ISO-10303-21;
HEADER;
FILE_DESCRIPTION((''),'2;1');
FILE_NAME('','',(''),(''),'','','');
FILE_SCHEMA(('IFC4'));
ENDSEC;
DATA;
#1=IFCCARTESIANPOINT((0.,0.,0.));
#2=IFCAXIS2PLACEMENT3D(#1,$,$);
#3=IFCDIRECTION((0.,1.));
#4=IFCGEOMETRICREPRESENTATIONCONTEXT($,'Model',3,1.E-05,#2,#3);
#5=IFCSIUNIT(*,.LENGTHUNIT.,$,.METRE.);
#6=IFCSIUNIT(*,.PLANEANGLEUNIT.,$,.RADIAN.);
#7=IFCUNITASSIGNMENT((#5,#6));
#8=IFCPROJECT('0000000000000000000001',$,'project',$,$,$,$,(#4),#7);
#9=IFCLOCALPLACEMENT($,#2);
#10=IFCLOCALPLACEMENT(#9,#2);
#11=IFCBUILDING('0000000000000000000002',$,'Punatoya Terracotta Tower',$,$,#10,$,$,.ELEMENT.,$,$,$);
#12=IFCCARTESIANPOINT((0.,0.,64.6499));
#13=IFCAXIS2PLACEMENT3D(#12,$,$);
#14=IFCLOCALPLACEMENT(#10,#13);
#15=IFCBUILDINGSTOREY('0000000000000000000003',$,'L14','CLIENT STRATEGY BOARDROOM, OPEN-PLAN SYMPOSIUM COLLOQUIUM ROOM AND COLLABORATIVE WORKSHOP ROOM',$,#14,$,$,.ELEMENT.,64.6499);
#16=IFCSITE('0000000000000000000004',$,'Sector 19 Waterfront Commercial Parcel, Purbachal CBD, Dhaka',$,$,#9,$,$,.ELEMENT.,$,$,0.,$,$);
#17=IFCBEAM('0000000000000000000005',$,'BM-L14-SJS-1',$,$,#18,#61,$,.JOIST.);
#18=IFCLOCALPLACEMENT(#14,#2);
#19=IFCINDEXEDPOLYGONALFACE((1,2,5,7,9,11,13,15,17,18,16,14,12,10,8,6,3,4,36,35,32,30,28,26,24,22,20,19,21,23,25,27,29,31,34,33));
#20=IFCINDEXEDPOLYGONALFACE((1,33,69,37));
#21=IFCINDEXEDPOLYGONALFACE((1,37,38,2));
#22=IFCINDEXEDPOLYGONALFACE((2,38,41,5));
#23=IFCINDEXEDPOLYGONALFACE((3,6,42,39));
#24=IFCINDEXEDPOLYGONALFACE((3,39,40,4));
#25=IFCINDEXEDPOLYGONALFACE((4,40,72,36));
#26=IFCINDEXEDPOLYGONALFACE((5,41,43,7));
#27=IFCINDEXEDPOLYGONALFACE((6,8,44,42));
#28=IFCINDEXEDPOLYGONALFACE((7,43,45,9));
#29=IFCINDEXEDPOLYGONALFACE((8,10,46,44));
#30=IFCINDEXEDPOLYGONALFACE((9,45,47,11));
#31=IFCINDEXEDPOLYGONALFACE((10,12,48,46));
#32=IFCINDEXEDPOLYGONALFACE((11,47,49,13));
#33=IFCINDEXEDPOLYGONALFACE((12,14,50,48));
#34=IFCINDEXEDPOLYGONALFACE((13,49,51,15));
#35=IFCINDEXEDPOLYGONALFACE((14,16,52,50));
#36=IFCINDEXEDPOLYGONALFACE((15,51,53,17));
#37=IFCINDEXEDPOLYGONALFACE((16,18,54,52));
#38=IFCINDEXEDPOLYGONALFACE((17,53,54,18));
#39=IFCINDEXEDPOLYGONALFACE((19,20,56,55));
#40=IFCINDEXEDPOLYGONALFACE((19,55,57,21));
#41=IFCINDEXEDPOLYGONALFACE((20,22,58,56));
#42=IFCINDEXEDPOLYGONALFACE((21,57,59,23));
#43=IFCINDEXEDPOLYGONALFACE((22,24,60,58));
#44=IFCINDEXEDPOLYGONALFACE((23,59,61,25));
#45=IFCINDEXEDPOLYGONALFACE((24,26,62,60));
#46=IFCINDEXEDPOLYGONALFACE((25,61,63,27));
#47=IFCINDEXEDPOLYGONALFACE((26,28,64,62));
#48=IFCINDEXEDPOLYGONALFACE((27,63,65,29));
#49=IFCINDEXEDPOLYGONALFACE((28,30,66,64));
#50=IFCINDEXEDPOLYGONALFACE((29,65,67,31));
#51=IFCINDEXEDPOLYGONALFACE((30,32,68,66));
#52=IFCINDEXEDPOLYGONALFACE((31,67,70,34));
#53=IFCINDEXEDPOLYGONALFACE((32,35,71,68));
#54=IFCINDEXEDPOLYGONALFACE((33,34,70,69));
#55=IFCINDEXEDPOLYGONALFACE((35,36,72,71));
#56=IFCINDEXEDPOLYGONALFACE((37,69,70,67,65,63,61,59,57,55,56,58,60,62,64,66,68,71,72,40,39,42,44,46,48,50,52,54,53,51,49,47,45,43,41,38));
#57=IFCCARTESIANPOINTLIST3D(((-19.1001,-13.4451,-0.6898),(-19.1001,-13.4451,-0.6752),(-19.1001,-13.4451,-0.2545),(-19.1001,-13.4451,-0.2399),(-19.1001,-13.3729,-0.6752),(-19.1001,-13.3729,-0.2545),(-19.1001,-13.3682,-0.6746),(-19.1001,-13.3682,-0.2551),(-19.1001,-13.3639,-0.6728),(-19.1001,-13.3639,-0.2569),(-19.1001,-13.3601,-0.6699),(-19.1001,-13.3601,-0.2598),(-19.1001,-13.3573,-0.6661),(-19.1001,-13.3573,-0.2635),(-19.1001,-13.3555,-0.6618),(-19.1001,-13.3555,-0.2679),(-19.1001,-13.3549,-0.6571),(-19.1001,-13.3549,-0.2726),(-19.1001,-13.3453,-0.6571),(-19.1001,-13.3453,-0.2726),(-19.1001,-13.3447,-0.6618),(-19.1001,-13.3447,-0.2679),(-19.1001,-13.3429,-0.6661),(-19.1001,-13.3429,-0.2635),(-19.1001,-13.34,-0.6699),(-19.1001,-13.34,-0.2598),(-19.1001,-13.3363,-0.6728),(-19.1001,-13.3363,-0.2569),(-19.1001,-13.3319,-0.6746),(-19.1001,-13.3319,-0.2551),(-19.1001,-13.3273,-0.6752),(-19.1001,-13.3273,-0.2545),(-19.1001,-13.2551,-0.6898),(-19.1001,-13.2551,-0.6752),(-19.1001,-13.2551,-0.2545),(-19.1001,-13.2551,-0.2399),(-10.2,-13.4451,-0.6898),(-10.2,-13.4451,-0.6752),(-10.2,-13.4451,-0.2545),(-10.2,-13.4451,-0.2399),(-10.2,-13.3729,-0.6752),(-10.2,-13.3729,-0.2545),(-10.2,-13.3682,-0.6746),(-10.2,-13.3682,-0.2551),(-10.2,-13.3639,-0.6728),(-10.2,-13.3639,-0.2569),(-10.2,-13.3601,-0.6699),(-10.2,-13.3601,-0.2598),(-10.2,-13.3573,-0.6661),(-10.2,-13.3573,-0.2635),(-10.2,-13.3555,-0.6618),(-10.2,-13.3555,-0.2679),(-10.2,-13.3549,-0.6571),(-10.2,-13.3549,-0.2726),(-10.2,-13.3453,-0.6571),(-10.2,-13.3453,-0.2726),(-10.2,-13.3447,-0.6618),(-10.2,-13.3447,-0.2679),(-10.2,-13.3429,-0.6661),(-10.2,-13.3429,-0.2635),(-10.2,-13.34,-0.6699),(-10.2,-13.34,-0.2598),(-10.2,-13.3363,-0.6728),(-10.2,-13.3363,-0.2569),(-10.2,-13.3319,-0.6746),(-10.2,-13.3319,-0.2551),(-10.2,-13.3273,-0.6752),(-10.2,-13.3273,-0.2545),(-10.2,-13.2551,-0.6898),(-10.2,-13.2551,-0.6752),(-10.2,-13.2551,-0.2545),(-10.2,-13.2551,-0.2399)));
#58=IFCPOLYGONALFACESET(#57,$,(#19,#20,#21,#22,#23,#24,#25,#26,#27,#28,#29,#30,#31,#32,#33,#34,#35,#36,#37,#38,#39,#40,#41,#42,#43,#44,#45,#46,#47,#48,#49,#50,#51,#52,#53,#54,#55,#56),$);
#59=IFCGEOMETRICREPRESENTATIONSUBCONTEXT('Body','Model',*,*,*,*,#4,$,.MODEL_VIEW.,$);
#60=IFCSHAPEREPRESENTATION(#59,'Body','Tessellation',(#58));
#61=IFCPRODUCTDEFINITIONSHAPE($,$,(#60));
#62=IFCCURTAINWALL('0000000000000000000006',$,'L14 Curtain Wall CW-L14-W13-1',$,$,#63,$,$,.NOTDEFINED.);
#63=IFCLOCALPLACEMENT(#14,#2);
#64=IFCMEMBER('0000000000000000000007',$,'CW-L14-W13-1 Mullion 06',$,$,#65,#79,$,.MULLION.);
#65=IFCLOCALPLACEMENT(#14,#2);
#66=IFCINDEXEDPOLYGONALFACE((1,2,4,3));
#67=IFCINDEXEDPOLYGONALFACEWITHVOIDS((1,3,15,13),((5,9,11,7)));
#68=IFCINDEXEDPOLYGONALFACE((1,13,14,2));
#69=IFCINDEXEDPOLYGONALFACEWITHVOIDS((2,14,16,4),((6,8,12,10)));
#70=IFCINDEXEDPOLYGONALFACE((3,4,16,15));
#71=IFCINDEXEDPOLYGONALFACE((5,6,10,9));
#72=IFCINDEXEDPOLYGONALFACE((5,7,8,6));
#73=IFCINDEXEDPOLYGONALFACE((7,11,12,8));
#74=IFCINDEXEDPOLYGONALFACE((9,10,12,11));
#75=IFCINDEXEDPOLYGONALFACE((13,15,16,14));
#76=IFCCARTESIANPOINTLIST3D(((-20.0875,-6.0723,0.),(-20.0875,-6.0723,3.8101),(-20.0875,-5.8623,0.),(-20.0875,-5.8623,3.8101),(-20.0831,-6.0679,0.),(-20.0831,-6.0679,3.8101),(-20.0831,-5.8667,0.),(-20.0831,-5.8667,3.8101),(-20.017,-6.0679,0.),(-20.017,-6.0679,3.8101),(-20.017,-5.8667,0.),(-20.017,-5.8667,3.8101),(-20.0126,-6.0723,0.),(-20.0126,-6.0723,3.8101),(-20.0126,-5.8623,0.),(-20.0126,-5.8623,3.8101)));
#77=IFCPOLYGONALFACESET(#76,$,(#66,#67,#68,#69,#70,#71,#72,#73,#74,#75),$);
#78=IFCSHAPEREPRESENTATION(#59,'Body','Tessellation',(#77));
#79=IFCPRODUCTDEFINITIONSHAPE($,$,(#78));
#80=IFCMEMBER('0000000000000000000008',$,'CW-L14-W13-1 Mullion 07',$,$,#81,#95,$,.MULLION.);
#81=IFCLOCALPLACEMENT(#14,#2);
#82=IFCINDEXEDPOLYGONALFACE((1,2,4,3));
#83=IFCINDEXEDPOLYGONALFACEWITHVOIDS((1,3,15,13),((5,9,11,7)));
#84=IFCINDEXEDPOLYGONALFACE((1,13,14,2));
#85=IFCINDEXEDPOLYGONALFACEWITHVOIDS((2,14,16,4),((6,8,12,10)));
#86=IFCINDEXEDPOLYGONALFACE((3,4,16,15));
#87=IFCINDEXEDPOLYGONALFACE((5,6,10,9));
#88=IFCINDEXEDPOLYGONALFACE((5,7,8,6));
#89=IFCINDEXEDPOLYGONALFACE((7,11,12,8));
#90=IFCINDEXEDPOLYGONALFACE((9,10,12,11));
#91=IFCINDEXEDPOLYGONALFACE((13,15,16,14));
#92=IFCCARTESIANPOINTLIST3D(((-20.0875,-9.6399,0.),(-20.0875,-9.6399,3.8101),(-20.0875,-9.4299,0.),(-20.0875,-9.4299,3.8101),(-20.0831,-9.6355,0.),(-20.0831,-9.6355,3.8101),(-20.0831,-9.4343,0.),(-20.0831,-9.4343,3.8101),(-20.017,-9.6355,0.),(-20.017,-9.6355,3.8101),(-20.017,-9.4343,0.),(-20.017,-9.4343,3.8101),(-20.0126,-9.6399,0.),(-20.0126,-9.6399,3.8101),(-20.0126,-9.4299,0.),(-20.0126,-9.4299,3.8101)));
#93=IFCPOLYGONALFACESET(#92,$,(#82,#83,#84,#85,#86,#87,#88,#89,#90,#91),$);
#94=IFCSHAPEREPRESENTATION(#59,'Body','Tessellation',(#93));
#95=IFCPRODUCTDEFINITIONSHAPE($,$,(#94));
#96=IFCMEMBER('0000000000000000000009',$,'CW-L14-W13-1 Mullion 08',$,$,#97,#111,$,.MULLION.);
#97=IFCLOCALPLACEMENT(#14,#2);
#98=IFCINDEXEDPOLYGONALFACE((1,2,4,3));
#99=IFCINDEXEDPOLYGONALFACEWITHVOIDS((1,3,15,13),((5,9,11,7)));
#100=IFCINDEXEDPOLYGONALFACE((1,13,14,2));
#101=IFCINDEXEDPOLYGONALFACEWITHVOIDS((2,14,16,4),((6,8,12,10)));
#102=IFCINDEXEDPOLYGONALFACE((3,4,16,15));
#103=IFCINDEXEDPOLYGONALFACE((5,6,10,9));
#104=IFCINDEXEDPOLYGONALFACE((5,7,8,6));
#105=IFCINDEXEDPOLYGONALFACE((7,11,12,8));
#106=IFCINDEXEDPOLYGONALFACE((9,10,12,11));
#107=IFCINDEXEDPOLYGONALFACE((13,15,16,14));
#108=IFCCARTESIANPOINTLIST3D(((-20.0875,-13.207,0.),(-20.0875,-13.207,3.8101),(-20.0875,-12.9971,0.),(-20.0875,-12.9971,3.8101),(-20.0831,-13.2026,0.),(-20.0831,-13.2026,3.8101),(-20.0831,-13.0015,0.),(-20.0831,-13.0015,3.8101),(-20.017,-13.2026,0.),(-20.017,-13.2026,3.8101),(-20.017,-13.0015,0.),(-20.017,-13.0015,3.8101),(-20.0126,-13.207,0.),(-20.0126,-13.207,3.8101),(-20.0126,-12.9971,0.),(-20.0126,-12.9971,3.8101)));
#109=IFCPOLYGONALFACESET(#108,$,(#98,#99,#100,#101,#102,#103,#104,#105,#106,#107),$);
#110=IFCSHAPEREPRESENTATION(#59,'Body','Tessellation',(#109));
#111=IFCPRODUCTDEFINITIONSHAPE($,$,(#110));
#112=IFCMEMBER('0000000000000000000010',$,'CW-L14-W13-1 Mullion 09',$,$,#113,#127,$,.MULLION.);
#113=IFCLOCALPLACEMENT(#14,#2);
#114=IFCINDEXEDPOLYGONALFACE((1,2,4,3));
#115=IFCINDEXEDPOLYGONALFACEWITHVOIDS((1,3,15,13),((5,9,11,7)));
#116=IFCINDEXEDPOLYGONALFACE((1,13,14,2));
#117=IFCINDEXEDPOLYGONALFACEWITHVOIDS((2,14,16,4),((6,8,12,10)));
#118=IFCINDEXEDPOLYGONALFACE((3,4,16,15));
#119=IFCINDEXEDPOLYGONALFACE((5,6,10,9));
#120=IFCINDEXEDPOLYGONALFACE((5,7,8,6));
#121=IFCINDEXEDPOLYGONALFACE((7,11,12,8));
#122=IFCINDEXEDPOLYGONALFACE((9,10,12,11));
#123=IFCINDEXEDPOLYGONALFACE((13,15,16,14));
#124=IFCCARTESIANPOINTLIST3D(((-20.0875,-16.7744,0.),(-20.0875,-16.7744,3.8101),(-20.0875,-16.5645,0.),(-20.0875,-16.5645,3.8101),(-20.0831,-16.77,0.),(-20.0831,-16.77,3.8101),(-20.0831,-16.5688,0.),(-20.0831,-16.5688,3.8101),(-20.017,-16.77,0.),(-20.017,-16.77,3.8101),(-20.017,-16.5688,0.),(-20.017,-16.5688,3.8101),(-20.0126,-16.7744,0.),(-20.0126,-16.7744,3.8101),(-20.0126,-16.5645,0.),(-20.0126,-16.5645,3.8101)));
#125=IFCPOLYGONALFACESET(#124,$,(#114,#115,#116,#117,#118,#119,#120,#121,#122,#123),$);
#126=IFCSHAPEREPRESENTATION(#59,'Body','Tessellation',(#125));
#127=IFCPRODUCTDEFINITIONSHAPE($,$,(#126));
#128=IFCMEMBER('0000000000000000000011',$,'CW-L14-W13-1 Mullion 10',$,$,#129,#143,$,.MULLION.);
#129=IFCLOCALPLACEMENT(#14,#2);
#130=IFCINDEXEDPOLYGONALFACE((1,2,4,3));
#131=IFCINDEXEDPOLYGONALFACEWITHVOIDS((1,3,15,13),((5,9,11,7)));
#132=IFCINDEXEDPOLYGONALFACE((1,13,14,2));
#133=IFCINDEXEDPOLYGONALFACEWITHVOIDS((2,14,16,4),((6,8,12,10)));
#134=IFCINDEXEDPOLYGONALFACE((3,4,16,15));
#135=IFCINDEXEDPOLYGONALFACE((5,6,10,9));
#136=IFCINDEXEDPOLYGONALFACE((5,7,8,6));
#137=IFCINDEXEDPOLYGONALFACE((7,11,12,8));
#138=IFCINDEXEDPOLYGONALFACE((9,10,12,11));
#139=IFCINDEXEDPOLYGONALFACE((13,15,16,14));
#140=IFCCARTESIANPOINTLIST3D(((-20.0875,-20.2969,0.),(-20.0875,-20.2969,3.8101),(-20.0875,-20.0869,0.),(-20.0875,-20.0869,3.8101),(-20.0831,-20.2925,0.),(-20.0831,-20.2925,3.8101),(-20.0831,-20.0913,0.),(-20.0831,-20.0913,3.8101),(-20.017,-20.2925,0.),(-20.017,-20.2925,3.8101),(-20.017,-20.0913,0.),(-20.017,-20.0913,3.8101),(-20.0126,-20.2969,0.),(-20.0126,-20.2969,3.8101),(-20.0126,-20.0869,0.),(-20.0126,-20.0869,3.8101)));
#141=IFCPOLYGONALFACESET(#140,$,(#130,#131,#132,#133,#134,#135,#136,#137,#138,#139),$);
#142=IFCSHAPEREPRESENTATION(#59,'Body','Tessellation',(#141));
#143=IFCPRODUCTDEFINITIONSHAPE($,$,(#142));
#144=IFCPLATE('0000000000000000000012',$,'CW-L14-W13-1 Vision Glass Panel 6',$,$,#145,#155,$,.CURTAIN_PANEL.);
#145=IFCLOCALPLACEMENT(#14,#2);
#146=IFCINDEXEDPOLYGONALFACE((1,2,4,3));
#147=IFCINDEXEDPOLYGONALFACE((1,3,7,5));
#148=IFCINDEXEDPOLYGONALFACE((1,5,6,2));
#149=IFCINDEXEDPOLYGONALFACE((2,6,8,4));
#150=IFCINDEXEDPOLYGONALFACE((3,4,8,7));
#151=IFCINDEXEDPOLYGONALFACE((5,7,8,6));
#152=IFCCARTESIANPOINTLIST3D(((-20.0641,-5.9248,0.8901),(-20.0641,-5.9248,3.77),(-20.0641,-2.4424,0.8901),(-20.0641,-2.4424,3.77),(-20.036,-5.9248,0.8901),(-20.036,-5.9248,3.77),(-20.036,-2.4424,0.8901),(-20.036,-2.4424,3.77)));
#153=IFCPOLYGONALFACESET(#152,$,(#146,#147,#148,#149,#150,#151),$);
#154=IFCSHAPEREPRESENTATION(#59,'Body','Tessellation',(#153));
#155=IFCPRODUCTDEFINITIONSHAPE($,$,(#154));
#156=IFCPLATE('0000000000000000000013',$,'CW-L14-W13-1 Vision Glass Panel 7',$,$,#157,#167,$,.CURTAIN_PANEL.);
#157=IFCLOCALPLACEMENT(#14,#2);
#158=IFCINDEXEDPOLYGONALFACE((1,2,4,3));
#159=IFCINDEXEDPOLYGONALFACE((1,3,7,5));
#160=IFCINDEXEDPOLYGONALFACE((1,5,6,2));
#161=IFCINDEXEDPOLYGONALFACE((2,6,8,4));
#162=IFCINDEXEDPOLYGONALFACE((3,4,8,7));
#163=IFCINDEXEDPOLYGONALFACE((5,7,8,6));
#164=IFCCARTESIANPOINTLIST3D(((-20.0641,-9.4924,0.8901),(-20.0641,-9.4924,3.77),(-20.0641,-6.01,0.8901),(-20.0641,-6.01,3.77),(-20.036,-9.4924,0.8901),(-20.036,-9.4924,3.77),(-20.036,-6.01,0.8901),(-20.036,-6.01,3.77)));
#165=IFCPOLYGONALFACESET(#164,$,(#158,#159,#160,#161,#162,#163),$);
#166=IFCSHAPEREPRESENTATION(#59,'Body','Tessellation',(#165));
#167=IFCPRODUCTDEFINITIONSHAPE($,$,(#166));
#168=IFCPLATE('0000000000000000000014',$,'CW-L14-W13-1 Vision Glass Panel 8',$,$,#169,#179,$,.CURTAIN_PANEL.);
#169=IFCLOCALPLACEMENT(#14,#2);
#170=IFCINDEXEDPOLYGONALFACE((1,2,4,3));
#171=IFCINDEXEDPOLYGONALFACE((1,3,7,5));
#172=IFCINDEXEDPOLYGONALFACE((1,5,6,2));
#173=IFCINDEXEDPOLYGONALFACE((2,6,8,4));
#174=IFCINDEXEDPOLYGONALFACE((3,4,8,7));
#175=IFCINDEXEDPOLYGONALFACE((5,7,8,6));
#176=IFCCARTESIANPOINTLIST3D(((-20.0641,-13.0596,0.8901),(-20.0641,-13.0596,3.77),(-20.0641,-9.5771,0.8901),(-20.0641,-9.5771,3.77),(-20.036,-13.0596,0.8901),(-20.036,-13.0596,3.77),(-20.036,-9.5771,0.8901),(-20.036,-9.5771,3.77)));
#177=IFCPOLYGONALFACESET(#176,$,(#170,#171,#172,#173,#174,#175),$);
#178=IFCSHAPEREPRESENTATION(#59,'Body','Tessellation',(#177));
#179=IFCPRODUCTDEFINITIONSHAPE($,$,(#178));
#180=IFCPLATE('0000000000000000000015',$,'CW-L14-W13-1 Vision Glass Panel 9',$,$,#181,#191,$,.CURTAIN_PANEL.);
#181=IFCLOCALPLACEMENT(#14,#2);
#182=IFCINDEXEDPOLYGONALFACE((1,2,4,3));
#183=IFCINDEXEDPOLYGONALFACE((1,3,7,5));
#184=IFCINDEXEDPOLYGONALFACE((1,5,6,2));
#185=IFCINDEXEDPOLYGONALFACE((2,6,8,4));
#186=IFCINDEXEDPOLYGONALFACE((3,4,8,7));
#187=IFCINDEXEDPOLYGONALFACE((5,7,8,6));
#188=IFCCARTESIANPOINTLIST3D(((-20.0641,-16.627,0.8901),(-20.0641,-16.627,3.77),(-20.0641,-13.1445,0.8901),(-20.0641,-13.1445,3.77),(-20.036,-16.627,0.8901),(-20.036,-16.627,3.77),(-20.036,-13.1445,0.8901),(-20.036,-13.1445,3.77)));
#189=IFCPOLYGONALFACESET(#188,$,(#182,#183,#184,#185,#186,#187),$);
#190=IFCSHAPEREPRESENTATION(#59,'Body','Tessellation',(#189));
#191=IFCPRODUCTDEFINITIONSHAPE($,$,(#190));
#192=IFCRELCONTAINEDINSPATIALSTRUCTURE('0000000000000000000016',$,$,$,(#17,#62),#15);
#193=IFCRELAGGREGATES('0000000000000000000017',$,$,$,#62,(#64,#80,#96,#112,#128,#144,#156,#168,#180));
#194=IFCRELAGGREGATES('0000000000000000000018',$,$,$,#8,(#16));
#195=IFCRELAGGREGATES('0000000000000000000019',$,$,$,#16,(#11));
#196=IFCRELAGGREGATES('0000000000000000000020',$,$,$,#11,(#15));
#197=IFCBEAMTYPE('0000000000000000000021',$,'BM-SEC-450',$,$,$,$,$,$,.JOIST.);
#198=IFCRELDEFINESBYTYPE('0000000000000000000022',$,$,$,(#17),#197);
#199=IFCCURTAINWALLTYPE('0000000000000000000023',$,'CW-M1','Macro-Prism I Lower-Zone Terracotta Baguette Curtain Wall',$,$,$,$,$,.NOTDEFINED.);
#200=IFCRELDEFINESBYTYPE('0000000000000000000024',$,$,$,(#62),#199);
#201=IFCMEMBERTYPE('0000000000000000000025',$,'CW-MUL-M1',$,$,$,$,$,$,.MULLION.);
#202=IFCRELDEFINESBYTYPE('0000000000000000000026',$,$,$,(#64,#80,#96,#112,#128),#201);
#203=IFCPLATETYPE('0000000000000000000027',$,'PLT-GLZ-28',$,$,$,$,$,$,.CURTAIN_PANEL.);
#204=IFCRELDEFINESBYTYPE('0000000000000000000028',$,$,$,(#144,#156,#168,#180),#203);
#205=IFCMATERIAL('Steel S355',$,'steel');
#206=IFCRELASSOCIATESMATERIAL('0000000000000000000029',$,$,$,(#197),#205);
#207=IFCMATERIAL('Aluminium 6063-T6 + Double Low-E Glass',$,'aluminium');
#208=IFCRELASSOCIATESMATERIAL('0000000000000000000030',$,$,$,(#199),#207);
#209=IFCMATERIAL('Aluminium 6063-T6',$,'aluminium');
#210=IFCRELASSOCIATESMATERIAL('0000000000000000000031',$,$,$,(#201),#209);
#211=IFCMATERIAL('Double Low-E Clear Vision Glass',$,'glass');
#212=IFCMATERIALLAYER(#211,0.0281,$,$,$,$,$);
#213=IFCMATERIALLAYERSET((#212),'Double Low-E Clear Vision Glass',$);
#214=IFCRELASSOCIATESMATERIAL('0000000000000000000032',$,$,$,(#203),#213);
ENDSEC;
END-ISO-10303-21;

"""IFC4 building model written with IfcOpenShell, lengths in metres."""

from ifc_helpers import new_model, si_unit, direction, frame, origin, origin_2d, place, context, subcontext, project, spatial, rectangle, hollow_rectangle, i_section, extrude, material, layer, layer_set, material_profile, profile_set, type_object, element, aggregate, save


model = new_model("IFC4")

# Units and contexts
model_context = context("Model", 3, precision=1e-05, world=origin(), true_north=direction((0.0, 1.0)))
body_context = subcontext(model_context, "Body", "Model", "MODEL_VIEW")
ifc_project = project(units=[si_unit("LENGTHUNIT", "METRE"), si_unit("PLANEANGLEUNIT", "RADIAN")], contexts=[model_context])

# Site, building, storey
site_placement = place(None, origin())
site = spatial("IfcSite", under=ifc_project, at=site_placement, Name="Sector 19 Waterfront Commercial Parcel, Purbachal CBD, Dhaka", CompositionType="ELEMENT", RefElevation=0.0)
building_placement = place(site_placement, origin())
building = spatial("IfcBuilding", under=site, at=building_placement, Name="Punatoya Terracotta Tower", CompositionType="ELEMENT")
storey_placement = place(building_placement, frame((0.0, 0.0, 64.6499)))
storey = spatial("IfcBuildingStorey", under=building, at=storey_placement, Name="L14", Description="CLIENT STRATEGY BOARDROOM, OPEN-PLAN SYMPOSIUM COLLOQUIUM ROOM AND COLLABORATIVE WORKSHOP ROOM", CompositionType="ELEMENT", Elevation=64.6499)

# Beam
ifc_material_1 = material(Name="Steel S355", Category="steel")
ifc_material_profile_1 = material_profile(ifc_material_1, i_section(OverallWidth=0.1899, OverallDepth=0.45, WebThickness=0.0095, FlangeThickness=0.0146, FilletRadius=0.0181, at=origin_2d()))
ifc_profile_set_1 = profile_set([ifc_material_profile_1], Name="Steel S355")
beam_type_1 = type_object("IfcBeamType", Name="BM-SEC-450", PredefinedType="JOIST", material=ifc_profile_set_1)
beam_1_placement = place(storey_placement, frame((-19.1001, -13.3501, -0.4648), z_axis=(1.0, 0.0, 0.0), x_axis=(0.0, 1.0, 0.0)))
element("IfcBeam", 1, at=beam_1_placement, inside=storey, type_object=beam_type_1, Name="BM-L14-SJS-1", PredefinedType="JOIST", context=body_context, shape_type="SweptSolid", body=[
    extrude(i_section(OverallWidth=0.1899, OverallDepth=0.45, WebThickness=0.0095, FlangeThickness=0.0146, FilletRadius=0.0181, at=origin_2d()), origin(), (0.0, 0.0, 1.0), 8.9001),
])

# Curtain wall, members, plates
ifc_material_2 = material(Name="Aluminium 6063-T6 + Double Low-E Glass", Category="aluminium")
curtain_wall_type = type_object("IfcCurtainWallType", Name="CW-M1", Description="Macro-Prism I Lower-Zone Terracotta Baguette Curtain Wall", PredefinedType="NOTDEFINED", material=ifc_material_2)
curtain_wall_placement = place(storey_placement, origin())
curtain_wall = element("IfcCurtainWall", 2, at=curtain_wall_placement, inside=storey, type_object=curtain_wall_type, Name="L14 Curtain Wall CW-L14-W13-1", PredefinedType="NOTDEFINED")
ifc_material_3 = material(Name="Aluminium 6063-T6", Category="aluminium")
ifc_material_profile_2 = material_profile(ifc_material_3, hollow_rectangle(XDim=0.075, YDim=0.21, WallThickness=0.0044, at=origin_2d()))
ifc_profile_set_2 = profile_set([ifc_material_profile_2], Name="Aluminium 6063-T6")
member_type = type_object("IfcMemberType", Name="CW-MUL-M1", PredefinedType="MULLION", material=ifc_profile_set_2)
member_1_placement = place(storey_placement, frame((-20.05, -5.9673, 0.0), z_axis=(0.0, 0.0, 1.0), x_axis=(1.0, 0.0, 0.0)))
member_1 = element("IfcMember", 3, at=member_1_placement, type_object=member_type, Name="CW-L14-W13-1 Mullion 06", PredefinedType="MULLION", context=body_context, shape_type="SweptSolid", body=[
    extrude(hollow_rectangle(XDim=0.075, YDim=0.21, WallThickness=0.0044, at=origin_2d()), origin(), (0.0, 0.0, 1.0), 3.8101),
])
member_2_placement = place(storey_placement, frame((-20.05, -9.5349, 0.0), z_axis=(0.0, 0.0, 1.0), x_axis=(1.0, 0.0, 0.0)))
member_2 = element("IfcMember", 4, at=member_2_placement, type_object=member_type, Name="CW-L14-W13-1 Mullion 07", PredefinedType="MULLION", context=body_context, shape_type="SweptSolid", body=[
    extrude(hollow_rectangle(XDim=0.075, YDim=0.21, WallThickness=0.0044, at=origin_2d()), origin(), (0.0, 0.0, 1.0), 3.8101),
])
member_3_placement = place(storey_placement, frame((-20.05, -13.1021, 0.0), z_axis=(0.0, 0.0, 1.0), x_axis=(1.0, 0.0, 0.0)))
member_3 = element("IfcMember", 5, at=member_3_placement, type_object=member_type, Name="CW-L14-W13-1 Mullion 08", PredefinedType="MULLION", context=body_context, shape_type="SweptSolid", body=[
    extrude(hollow_rectangle(XDim=0.075, YDim=0.21, WallThickness=0.0044, at=origin_2d()), origin(), (0.0, 0.0, 1.0), 3.8101),
])
member_4_placement = place(storey_placement, frame((-20.05, -16.6694, 0.0), z_axis=(0.0, 0.0, 1.0), x_axis=(1.0, 0.0, 0.0)))
member_4 = element("IfcMember", 6, at=member_4_placement, type_object=member_type, Name="CW-L14-W13-1 Mullion 09", PredefinedType="MULLION", context=body_context, shape_type="SweptSolid", body=[
    extrude(hollow_rectangle(XDim=0.075, YDim=0.21, WallThickness=0.0044, at=origin_2d()), origin(), (0.0, 0.0, 1.0), 3.8101),
])
member_5_placement = place(storey_placement, frame((-20.05, -20.1919, 0.0), z_axis=(0.0, 0.0, 1.0), x_axis=(1.0, 0.0, 0.0)))
member_5 = element("IfcMember", 7, at=member_5_placement, type_object=member_type, Name="CW-L14-W13-1 Mullion 10", PredefinedType="MULLION", context=body_context, shape_type="SweptSolid", body=[
    extrude(hollow_rectangle(XDim=0.075, YDim=0.21, WallThickness=0.0044, at=origin_2d()), origin(), (0.0, 0.0, 1.0), 3.8101),
])
ifc_material_4 = material(Name="Double Low-E Clear Vision Glass", Category="glass")
ifc_layer_1 = layer(ifc_material_4, 0.0281)
ifc_layer_set_1 = layer_set([ifc_layer_1], Name="Double Low-E Clear Vision Glass")
plate_type_1 = type_object("IfcPlateType", Name="PLT-GLZ-28", PredefinedType="CURTAIN_PANEL", material=ifc_layer_set_1)
plate_1_placement = place(storey_placement, frame((-20.05, -4.1836, 0.8901), z_axis=(0.0, 0.0, 1.0), x_axis=(0.0, -1.0, 0.0)))
plate_1 = element("IfcPlate", 8, at=plate_1_placement, type_object=plate_type_1, Name="CW-L14-W13-1 Vision Glass Panel 6", PredefinedType="CURTAIN_PANEL", context=body_context, shape_type="SweptSolid", body=[
    extrude(rectangle(XDim=3.4824, YDim=0.0281, at=origin_2d()), origin(), (0.0, 0.0, 1.0), 2.8799),
])
plate_2_placement = place(storey_placement, frame((-20.05, -7.7512, 0.8901), z_axis=(0.0, 0.0, 1.0), x_axis=(0.0, -1.0, 0.0)))
plate_2 = element("IfcPlate", 9, at=plate_2_placement, type_object=plate_type_1, Name="CW-L14-W13-1 Vision Glass Panel 7", PredefinedType="CURTAIN_PANEL", context=body_context, shape_type="SweptSolid", body=[
    extrude(rectangle(XDim=3.4824, YDim=0.0281, at=origin_2d()), origin(), (0.0, 0.0, 1.0), 2.8799),
])
plate_3_placement = place(storey_placement, frame((-20.05, -11.3184, 0.8901), z_axis=(0.0, 0.0, 1.0), x_axis=(0.0, -1.0, 0.0)))
plate_3 = element("IfcPlate", 10, at=plate_3_placement, type_object=plate_type_1, Name="CW-L14-W13-1 Vision Glass Panel 8", PredefinedType="CURTAIN_PANEL", context=body_context, shape_type="SweptSolid", body=[
    extrude(rectangle(XDim=3.4824, YDim=0.0281, at=origin_2d()), origin(), (0.0, 0.0, 1.0), 2.8799),
])
plate_4_placement = place(storey_placement, frame((-20.05, -14.8857, 0.8901), z_axis=(0.0, 0.0, 1.0), x_axis=(0.0, -1.0, 0.0)))
plate_4 = element("IfcPlate", 11, at=plate_4_placement, type_object=plate_type_1, Name="CW-L14-W13-1 Vision Glass Panel 9", PredefinedType="CURTAIN_PANEL", context=body_context, shape_type="SweptSolid", body=[
    extrude(rectangle(XDim=3.4824, YDim=0.0281, at=origin_2d()), origin(), (0.0, 0.0, 1.0), 2.8799),
])
aggregate(curtain_wall, [member_1, member_2, member_3, member_4, member_5, plate_1, plate_2, plate_3, plate_4])

save(model, "model.ifc")
